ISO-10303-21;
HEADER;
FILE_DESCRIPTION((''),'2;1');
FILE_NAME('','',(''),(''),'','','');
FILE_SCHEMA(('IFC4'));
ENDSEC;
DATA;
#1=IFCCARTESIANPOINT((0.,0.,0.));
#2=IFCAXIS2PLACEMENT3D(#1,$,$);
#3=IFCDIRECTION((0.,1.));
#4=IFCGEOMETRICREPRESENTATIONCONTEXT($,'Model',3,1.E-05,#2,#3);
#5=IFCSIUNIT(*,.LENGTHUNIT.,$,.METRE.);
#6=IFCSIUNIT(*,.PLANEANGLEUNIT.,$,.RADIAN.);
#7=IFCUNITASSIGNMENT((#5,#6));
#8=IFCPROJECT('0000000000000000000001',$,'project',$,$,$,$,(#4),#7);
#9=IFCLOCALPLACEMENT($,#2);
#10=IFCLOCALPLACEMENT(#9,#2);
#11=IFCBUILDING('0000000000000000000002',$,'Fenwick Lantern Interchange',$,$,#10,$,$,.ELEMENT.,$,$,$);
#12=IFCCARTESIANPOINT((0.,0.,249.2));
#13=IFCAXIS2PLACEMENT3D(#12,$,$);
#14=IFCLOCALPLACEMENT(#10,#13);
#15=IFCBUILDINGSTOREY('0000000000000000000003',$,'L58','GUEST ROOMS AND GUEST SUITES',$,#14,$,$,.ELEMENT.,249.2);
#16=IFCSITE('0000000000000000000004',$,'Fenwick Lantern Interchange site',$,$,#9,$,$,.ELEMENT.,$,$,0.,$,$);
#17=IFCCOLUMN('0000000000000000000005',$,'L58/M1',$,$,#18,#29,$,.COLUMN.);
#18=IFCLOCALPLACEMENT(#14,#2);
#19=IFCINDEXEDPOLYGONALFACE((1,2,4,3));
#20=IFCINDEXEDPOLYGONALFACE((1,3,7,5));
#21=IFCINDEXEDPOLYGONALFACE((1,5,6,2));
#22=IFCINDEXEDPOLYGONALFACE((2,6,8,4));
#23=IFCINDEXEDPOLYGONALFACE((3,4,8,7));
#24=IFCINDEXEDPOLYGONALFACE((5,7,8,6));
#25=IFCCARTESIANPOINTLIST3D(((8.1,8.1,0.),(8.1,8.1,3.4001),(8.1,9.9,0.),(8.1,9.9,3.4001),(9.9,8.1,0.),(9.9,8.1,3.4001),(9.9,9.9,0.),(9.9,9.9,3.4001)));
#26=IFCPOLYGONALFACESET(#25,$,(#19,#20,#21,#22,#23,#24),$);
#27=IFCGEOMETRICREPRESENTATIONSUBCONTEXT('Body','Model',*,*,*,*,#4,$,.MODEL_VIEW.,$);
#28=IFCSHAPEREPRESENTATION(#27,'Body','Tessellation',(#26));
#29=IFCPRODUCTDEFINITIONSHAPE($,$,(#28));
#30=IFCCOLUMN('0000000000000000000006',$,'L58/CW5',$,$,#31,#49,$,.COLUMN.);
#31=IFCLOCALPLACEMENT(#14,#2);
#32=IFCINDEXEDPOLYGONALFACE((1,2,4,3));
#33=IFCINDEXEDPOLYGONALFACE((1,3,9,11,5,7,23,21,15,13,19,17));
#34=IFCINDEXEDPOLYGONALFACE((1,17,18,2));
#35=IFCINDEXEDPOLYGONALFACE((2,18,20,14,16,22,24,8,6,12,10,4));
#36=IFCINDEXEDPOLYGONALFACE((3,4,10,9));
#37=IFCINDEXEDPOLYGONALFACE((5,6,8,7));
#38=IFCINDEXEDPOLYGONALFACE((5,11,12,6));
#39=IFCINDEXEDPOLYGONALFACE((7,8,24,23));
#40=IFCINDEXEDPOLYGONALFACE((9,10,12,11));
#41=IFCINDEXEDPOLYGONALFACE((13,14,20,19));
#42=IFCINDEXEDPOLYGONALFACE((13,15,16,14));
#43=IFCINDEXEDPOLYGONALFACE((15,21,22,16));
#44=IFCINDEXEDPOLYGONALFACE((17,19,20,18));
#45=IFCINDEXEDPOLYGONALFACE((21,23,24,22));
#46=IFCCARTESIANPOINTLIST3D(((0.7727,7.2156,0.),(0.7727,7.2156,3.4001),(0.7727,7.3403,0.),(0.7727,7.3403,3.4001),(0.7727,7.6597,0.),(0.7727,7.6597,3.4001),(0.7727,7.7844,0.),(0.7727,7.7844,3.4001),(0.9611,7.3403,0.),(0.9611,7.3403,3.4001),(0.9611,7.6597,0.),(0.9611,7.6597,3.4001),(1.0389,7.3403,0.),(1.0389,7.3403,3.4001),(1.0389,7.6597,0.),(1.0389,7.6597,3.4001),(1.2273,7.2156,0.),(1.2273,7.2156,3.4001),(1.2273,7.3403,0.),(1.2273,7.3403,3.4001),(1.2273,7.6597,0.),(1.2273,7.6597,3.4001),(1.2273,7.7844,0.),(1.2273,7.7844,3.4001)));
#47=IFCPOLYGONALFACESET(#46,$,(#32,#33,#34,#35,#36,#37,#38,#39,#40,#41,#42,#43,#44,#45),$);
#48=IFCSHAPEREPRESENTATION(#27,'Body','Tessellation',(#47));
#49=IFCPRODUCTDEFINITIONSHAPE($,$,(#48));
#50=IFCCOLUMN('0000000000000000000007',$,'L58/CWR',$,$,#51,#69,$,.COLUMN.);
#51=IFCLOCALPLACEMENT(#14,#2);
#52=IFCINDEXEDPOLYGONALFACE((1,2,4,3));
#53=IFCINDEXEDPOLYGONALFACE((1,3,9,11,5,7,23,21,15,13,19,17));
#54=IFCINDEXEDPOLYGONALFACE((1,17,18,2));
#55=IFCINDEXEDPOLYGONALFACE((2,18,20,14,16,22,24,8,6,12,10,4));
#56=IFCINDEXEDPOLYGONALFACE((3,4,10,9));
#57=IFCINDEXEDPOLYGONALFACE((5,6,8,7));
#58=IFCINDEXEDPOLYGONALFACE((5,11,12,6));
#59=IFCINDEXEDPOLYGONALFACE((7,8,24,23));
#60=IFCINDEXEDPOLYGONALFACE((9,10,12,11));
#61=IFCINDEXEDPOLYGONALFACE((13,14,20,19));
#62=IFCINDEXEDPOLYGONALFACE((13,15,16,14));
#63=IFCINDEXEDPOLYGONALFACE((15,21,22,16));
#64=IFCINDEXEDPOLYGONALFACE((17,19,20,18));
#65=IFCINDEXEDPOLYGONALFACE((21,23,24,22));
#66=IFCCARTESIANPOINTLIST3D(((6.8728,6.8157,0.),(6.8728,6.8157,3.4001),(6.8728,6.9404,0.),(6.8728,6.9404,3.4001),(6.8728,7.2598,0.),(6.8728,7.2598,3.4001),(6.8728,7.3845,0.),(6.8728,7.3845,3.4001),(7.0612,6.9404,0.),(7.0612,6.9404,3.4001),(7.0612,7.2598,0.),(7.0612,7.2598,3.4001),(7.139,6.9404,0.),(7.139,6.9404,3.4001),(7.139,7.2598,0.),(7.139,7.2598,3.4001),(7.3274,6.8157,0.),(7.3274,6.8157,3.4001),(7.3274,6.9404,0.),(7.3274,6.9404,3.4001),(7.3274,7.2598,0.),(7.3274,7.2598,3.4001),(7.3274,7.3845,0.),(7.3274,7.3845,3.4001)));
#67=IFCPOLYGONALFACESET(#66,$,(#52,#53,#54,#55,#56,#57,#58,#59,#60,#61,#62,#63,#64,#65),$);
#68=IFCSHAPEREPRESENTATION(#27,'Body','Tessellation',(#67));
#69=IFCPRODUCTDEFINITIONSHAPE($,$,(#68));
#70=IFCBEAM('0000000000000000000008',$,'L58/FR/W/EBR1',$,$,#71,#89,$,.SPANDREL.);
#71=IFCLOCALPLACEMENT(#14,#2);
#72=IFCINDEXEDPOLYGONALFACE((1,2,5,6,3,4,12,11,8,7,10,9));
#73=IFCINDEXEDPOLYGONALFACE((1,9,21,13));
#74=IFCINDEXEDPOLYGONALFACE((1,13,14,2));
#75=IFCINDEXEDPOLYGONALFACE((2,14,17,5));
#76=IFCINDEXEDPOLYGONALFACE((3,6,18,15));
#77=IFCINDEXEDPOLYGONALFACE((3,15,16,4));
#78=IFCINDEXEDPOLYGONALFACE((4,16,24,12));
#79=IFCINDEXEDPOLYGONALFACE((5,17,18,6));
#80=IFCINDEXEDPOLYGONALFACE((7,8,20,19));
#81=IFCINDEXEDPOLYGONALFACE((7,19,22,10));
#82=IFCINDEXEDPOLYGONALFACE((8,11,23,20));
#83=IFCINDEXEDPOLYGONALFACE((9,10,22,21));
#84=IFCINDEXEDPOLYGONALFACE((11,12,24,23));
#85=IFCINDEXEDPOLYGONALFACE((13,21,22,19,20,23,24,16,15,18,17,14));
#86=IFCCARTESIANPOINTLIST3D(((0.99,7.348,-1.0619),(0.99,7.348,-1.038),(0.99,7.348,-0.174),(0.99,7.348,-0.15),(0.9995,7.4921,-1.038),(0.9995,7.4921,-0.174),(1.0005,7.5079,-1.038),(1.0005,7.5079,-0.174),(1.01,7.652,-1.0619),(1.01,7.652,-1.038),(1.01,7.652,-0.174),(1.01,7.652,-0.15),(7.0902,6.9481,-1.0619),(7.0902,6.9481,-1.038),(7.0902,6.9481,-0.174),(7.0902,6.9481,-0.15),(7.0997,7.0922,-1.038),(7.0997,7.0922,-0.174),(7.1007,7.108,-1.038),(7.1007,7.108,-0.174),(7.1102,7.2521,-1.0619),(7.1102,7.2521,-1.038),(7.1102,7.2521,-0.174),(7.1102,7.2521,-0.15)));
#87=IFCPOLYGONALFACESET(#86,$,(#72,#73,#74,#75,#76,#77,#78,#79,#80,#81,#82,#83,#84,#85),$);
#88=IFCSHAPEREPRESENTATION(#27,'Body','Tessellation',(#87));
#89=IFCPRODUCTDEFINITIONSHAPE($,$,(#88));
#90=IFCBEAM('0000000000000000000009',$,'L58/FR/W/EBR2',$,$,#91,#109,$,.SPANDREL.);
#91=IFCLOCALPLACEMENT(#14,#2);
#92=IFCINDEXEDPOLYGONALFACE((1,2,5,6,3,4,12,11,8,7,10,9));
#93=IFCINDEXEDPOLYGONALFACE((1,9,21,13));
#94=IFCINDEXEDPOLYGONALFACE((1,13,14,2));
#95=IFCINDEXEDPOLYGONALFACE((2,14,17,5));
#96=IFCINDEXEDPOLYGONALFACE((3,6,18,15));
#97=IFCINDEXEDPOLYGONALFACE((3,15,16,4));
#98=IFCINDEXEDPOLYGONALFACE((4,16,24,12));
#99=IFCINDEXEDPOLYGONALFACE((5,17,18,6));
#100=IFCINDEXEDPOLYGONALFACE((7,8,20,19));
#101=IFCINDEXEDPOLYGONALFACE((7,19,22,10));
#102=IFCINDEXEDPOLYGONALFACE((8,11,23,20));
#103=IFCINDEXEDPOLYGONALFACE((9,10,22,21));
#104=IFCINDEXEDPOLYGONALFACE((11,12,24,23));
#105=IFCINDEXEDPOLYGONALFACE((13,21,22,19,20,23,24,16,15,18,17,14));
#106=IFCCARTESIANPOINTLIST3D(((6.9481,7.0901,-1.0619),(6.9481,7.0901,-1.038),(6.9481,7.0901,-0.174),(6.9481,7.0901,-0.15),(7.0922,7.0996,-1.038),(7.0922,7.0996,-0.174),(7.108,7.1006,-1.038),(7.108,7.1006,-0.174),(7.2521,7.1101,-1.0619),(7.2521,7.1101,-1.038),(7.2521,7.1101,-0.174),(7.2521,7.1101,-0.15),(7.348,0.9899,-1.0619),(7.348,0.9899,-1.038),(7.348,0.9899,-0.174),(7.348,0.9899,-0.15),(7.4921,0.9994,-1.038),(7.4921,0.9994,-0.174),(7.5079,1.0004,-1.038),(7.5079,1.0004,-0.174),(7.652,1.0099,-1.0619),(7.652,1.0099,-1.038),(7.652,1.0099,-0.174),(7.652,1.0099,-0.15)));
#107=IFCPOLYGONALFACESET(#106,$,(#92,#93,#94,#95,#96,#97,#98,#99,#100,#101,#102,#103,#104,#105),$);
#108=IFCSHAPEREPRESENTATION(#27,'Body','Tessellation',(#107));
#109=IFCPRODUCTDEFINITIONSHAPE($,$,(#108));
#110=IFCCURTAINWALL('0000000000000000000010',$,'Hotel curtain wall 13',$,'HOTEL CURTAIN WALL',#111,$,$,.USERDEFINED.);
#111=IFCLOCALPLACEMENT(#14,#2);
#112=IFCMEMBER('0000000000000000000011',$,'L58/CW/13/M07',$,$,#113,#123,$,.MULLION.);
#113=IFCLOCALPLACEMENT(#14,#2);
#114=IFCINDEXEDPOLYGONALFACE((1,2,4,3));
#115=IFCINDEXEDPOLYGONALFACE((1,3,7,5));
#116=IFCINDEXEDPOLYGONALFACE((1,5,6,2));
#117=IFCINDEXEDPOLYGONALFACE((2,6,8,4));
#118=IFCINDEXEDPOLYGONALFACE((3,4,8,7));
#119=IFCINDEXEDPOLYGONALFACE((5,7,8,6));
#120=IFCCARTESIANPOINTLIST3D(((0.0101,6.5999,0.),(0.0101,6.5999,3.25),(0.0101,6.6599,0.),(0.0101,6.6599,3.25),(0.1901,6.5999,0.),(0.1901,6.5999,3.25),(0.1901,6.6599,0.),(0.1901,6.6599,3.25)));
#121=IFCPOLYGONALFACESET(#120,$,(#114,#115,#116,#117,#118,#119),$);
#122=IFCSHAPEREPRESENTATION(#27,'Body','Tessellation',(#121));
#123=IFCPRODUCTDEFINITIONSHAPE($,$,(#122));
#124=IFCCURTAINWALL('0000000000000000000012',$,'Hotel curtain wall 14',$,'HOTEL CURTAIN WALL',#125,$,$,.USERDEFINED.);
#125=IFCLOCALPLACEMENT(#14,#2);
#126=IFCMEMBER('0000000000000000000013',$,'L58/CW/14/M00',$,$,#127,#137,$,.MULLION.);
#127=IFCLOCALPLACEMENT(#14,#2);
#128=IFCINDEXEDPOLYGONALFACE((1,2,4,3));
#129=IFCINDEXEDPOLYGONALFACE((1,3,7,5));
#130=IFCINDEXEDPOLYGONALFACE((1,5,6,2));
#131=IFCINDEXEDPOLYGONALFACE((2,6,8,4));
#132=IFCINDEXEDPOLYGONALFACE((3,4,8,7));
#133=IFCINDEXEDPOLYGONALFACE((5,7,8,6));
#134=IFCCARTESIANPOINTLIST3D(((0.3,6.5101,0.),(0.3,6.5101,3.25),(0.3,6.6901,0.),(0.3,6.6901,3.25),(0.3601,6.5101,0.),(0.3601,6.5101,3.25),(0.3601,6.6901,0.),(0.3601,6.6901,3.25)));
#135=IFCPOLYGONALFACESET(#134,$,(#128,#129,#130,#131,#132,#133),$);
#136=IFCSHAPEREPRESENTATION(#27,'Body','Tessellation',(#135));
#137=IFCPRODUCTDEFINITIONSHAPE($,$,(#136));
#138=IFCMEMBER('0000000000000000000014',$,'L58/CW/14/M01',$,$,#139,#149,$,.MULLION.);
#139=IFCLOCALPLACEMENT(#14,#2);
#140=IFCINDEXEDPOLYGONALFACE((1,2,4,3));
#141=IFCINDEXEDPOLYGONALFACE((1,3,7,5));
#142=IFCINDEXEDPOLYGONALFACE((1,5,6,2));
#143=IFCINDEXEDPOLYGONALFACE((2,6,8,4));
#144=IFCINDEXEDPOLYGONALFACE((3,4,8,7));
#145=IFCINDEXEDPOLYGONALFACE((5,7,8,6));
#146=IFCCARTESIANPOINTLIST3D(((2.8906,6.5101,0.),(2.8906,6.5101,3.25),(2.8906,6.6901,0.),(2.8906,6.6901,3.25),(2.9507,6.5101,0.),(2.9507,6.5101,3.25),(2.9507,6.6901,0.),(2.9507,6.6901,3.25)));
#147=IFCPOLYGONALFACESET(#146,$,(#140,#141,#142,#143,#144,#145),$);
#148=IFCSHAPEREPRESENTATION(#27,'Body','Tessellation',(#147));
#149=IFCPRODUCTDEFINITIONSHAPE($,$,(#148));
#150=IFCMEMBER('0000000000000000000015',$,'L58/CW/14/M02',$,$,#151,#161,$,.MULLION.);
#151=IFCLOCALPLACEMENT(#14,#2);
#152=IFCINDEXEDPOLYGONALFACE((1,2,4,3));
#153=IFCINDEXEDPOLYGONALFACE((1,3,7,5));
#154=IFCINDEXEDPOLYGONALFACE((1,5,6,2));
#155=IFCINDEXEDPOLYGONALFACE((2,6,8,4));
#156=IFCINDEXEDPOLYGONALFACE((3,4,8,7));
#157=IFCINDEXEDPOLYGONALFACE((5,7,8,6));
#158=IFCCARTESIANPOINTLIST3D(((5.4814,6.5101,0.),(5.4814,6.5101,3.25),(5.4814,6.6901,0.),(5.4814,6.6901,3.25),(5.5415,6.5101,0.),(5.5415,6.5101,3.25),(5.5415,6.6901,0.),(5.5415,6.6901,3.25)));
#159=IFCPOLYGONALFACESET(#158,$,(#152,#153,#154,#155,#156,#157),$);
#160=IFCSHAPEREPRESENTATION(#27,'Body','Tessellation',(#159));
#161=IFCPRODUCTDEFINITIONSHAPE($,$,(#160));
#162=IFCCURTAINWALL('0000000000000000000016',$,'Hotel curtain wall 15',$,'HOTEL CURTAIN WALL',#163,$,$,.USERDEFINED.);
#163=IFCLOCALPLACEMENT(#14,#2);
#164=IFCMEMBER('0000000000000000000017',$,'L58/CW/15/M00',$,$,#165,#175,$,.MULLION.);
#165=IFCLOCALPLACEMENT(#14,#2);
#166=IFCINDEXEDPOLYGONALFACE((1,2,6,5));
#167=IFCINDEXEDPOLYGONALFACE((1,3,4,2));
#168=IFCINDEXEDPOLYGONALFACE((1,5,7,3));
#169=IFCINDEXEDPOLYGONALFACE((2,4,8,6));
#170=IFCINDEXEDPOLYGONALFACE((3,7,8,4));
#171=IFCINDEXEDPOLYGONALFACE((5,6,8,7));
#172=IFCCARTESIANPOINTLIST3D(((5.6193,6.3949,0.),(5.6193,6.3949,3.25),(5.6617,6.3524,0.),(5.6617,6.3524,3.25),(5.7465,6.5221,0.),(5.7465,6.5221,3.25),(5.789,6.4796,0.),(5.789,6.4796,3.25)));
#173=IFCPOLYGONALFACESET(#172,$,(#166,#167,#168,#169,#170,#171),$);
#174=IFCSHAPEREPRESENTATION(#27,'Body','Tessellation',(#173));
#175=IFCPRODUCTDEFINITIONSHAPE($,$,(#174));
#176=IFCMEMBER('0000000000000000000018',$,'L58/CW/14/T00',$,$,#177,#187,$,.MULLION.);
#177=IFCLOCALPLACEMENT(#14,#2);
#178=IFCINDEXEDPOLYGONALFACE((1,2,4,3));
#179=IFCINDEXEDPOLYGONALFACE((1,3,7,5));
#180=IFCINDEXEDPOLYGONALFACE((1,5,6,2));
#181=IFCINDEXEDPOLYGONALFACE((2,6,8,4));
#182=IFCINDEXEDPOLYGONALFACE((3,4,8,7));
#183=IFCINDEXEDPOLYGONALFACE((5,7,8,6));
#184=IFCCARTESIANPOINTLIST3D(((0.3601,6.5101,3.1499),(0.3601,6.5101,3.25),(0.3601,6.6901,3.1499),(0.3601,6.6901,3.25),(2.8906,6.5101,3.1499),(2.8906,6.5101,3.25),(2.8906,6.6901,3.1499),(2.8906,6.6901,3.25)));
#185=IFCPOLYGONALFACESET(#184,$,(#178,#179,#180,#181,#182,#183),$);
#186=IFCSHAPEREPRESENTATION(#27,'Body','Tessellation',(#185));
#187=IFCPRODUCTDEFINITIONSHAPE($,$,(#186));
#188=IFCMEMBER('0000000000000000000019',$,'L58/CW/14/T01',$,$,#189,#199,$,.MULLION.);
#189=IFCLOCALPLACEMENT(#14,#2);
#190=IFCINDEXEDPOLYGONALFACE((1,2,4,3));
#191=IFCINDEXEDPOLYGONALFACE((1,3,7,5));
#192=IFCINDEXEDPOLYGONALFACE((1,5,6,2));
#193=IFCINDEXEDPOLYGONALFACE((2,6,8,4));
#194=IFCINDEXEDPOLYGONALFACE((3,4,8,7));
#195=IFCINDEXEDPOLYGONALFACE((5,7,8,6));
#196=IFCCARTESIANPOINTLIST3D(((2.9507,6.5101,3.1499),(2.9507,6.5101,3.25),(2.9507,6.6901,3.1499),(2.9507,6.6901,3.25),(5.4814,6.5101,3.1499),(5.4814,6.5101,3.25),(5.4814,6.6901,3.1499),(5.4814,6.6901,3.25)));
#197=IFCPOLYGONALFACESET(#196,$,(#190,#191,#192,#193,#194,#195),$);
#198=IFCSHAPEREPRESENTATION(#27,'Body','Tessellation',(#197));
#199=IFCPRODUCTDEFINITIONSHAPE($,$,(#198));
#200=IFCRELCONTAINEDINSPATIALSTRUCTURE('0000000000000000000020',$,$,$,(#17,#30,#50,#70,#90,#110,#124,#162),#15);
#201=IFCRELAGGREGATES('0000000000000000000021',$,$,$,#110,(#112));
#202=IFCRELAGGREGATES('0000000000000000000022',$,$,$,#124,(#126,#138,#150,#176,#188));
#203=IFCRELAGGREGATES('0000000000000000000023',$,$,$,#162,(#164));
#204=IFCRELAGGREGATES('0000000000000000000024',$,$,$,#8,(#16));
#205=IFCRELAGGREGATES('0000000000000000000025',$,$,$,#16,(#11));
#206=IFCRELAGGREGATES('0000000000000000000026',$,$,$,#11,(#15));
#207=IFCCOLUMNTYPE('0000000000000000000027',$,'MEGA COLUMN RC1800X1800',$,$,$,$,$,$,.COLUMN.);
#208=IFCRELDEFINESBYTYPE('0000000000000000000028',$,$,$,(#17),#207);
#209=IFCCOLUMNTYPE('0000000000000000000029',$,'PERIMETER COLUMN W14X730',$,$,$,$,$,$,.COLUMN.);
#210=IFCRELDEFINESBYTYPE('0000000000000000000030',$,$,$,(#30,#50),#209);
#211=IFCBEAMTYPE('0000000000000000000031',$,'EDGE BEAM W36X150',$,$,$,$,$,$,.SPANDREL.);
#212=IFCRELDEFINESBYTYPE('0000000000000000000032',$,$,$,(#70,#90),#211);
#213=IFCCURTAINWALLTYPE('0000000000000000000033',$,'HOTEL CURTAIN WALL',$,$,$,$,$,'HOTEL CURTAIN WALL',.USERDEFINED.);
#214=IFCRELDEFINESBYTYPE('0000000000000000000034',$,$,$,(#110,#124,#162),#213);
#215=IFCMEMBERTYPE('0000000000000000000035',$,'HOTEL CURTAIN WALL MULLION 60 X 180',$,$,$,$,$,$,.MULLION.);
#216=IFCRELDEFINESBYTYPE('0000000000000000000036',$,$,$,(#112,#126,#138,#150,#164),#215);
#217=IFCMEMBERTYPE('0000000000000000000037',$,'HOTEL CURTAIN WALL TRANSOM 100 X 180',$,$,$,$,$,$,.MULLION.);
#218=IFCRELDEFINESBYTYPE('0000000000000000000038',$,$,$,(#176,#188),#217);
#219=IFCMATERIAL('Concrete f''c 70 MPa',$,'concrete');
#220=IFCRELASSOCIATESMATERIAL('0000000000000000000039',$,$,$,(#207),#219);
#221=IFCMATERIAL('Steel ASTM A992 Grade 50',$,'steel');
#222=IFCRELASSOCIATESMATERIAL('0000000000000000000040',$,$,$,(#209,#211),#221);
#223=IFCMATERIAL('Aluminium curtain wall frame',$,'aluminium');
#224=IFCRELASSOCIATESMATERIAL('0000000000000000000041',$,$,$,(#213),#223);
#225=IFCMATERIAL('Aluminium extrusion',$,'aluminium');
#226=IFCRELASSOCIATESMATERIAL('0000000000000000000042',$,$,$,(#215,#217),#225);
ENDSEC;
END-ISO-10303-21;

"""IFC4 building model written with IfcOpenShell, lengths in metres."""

from ifc_helpers import new_model, si_unit, direction, frame, origin, origin_2d, place, context, subcontext, project, spatial, rectangle, i_section, extrude, material, material_profile, profile_set, type_object, element, aggregate, save


model = new_model("IFC4")

# Units and contexts
model_context = context("Model", 3, precision=1e-05, world=origin(), true_north=direction((0.0, 1.0)))
body_context = subcontext(model_context, "Body", "Model", "MODEL_VIEW")
ifc_project = project(units=[si_unit("LENGTHUNIT", "METRE"), si_unit("PLANEANGLEUNIT", "RADIAN")], contexts=[model_context])

# Site, building, storey
site_placement = place(None, origin())
site = spatial("IfcSite", under=ifc_project, at=site_placement, Name="Fenwick Lantern Interchange site", CompositionType="ELEMENT", RefElevation=0.0)
building_placement = place(site_placement, origin())
building = spatial("IfcBuilding", under=site, at=building_placement, Name="Fenwick Lantern Interchange", CompositionType="ELEMENT")
storey_placement = place(building_placement, frame((0.0, 0.0, 249.2)))
storey = spatial("IfcBuildingStorey", under=building, at=storey_placement, Name="L58", Description="GUEST ROOMS AND GUEST SUITES", CompositionType="ELEMENT", Elevation=249.2)

# Columns
ifc_material_1 = material(Name="Concrete f'c 70 MPa", Category="concrete")
ifc_material_profile_1 = material_profile(ifc_material_1, rectangle(XDim=1.8, YDim=1.8, at=origin_2d()), Name="RC1800X1800")
ifc_profile_set_1 = profile_set([ifc_material_profile_1], Name="Concrete f'c 70 MPa")
column_type_1 = type_object("IfcColumnType", Name="MEGA COLUMN RC1800X1800", PredefinedType="COLUMN", material=ifc_profile_set_1)
column_placement = place(storey_placement, frame((9.0, 9.0, 0.0), z_axis=(0.0, 0.0, 1.0), x_axis=(1.0, 0.0, 0.0)))
element("IfcColumn", 1, at=column_placement, inside=storey, type_object=column_type_1, Name="L58/M1", PredefinedType="COLUMN", context=body_context, shape_type="SweptSolid", body=[
    extrude(rectangle(XDim=1.8, YDim=1.8, at=origin_2d()), origin(), (0.0, 0.0, 1.0), 3.4001),
])
ifc_material_2 = material(Name="Steel ASTM A992 Grade 50", Category="steel")
ifc_material_profile_2 = material_profile(ifc_material_2, i_section(OverallWidth=0.4546, OverallDepth=0.5688, WebThickness=0.0779, FlangeThickness=0.1248, at=origin_2d()), Name="W14X730")
ifc_profile_set_2 = profile_set([ifc_material_profile_2], Name="Steel ASTM A992 Grade 50")
column_type_2 = type_object("IfcColumnType", Name="PERIMETER COLUMN W14X730", PredefinedType="COLUMN", material=ifc_profile_set_2)
for number, where, z_axis, x_axis, name in (
    (2, (1.0, 7.5, 0.0), (0.0, 0.0, 1.0), (1.0, 0.0, 0.0), "L58/CW5"),
    (3, (7.1001, 7.1001, 0.0), (0.0, 0.0, 1.0), (1.0, 0.0, 0.0), "L58/CWR"),
):
    element("IfcColumn", number, at=place(storey_placement, frame(where, z_axis=z_axis, x_axis=x_axis)), inside=storey, type_object=column_type_2, Name=name, PredefinedType="COLUMN", context=body_context, shape_type="SweptSolid", body=[
        extrude(i_section(OverallWidth=0.4546, OverallDepth=0.5688, WebThickness=0.0779, FlangeThickness=0.1248, at=origin_2d()), origin(), (0.0, 0.0, 1.0), 3.4001),
    ])

# Beams
ifc_material_profile_3 = material_profile(ifc_material_2, i_section(OverallWidth=0.3047, OverallDepth=0.9119, WebThickness=0.0159, FlangeThickness=0.0239, at=origin_2d()), Name="W36X150")
ifc_profile_set_3 = profile_set([ifc_material_profile_3], Name="Steel ASTM A992 Grade 50")
beam_type_1 = type_object("IfcBeamType", Name="EDGE BEAM W36X150", PredefinedType="SPANDREL", material=ifc_profile_set_3)
for number, where, z_axis, x_axis, name in (
    (4, (1.0, 7.5, -0.606), (0.997858, -0.065416, 0.0), (0.065416, 0.997858, 0.0), "L58/FR/W/EBR1"),
    (5, (7.1001, 7.1001, -0.606), (0.065416, -0.997858, 0.0), (0.997858, 0.065416, 0.0), "L58/FR/W/EBR2"),
):
    element("IfcBeam", number, at=place(storey_placement, frame(where, z_axis=z_axis, x_axis=x_axis)), inside=storey, type_object=beam_type_1, Name=name, PredefinedType="SPANDREL", context=body_context, shape_type="SweptSolid", body=[
        extrude(i_section(OverallWidth=0.3047, OverallDepth=0.9119, WebThickness=0.0159, FlangeThickness=0.0239, at=origin_2d()), origin(), (0.0, 0.0, 1.0), 6.1133),
    ])

# Curtain wall, member
ifc_material_3 = material(Name="Aluminium curtain wall frame", Category="aluminium")
curtain_wall_type = type_object("IfcCurtainWallType", Name="HOTEL CURTAIN WALL", ElementType="HOTEL CURTAIN WALL", PredefinedType="USERDEFINED", material=ifc_material_3)
curtain_wall_1_placement = place(storey_placement, origin())
curtain_wall_1 = element("IfcCurtainWall", 6, at=curtain_wall_1_placement, inside=storey, type_object=curtain_wall_type, Name="Hotel curtain wall 13", ObjectType="HOTEL CURTAIN WALL", PredefinedType="USERDEFINED")
ifc_material_4 = material(Name="Aluminium extrusion", Category="aluminium")
ifc_material_profile_4 = material_profile(ifc_material_4, rectangle(XDim=0.1799, YDim=0.0601, at=origin_2d()), Name="HOTEL CURTAIN WALL MULLION 60 X 180")
ifc_profile_set_4 = profile_set([ifc_material_profile_4], Name="Aluminium extrusion")
member_type_1 = type_object("IfcMemberType", Name="HOTEL CURTAIN WALL MULLION 60 X 180", PredefinedType="MULLION", material=ifc_profile_set_4)
member_1_placement = place(storey_placement, frame((0.1001, 6.6299, 0.0), z_axis=(0.0, 0.0, 1.0), x_axis=(1.0, 0.0, 0.0)))
member_1 = element("IfcMember", 7, at=member_1_placement, type_object=member_type_1, Name="L58/CW/13/M07", PredefinedType="MULLION", context=body_context, shape_type="SweptSolid", body=[
    extrude(rectangle(XDim=0.1799, YDim=0.0601, at=origin_2d()), origin(), (0.0, 0.0, 1.0), 3.25),
])
aggregate(curtain_wall_1, [member_1])

# Curtain wall, members
curtain_wall_2_placement = place(storey_placement, origin())
curtain_wall_2 = element("IfcCurtainWall", 8, at=curtain_wall_2_placement, inside=storey, type_object=curtain_wall_type, Name="Hotel curtain wall 14", ObjectType="HOTEL CURTAIN WALL", PredefinedType="USERDEFINED")
member_2_placement = place(storey_placement, frame((0.3301, 6.6001, 0.0), z_axis=(0.0, 0.0, 1.0), x_axis=(0.0, 1.0, 0.0)))
member_2 = element("IfcMember", 9, at=member_2_placement, type_object=member_type_1, Name="L58/CW/14/M00", PredefinedType="MULLION", context=body_context, shape_type="SweptSolid", body=[
    extrude(rectangle(XDim=0.1799, YDim=0.0601, at=origin_2d()), origin(), (0.0, 0.0, 1.0), 3.25),
])
member_3_placement = place(storey_placement, frame((2.9207, 6.6001, 0.0), z_axis=(0.0, 0.0, 1.0), x_axis=(0.0, 1.0, 0.0)))
member_3 = element("IfcMember", 10, at=member_3_placement, type_object=member_type_1, Name="L58/CW/14/M01", PredefinedType="MULLION", context=body_context, shape_type="SweptSolid", body=[
    extrude(rectangle(XDim=0.1799, YDim=0.0601, at=origin_2d()), origin(), (0.0, 0.0, 1.0), 3.25),
])
member_4_placement = place(storey_placement, frame((5.5115, 6.6001, 0.0), z_axis=(0.0, 0.0, 1.0), x_axis=(0.0, 1.0, 0.0)))
member_4 = element("IfcMember", 11, at=member_4_placement, type_object=member_type_1, Name="L58/CW/14/M02", PredefinedType="MULLION", context=body_context, shape_type="SweptSolid", body=[
    extrude(rectangle(XDim=0.1799, YDim=0.0601, at=origin_2d()), origin(), (0.0, 0.0, 1.0), 3.25),
])

# Curtain wall, member
curtain_wall_3_placement = place(storey_placement, origin())
curtain_wall_3 = element("IfcCurtainWall", 12, at=curtain_wall_3_placement, inside=storey, type_object=curtain_wall_type, Name="Hotel curtain wall 15", ObjectType="HOTEL CURTAIN WALL", PredefinedType="USERDEFINED")
member_5_placement = place(storey_placement, frame((5.7041, 6.4373, 0.0), z_axis=(0.0, 0.0, 1.0), x_axis=(0.707107, 0.707107, 0.0)))
member_5 = element("IfcMember", 13, at=member_5_placement, type_object=member_type_1, Name="L58/CW/15/M00", PredefinedType="MULLION", context=body_context, shape_type="SweptSolid", body=[
    extrude(rectangle(XDim=0.1799, YDim=0.0601, at=origin_2d()), origin(), (0.0, 0.0, 1.0), 3.25),
])

# Members
ifc_material_profile_5 = material_profile(ifc_material_4, rectangle(XDim=0.1799, YDim=0.1001, at=origin_2d()), Name="HOTEL CURTAIN WALL TRANSOM 100 X 180")
ifc_profile_set_5 = profile_set([ifc_material_profile_5], Name="Aluminium extrusion")
member_type_2 = type_object("IfcMemberType", Name="HOTEL CURTAIN WALL TRANSOM 100 X 180", PredefinedType="MULLION", material=ifc_profile_set_5)
member_6_placement = place(storey_placement, frame((0.3601, 6.6001, 3.2), z_axis=(1.0, 0.0, 0.0), x_axis=(0.0, 1.0, 0.0)))
member_6 = element("IfcMember", 14, at=member_6_placement, type_object=member_type_2, Name="L58/CW/14/T00", PredefinedType="MULLION", context=body_context, shape_type="SweptSolid", body=[
    extrude(rectangle(XDim=0.1799, YDim=0.1001, at=origin_2d()), origin(), (0.0, 0.0, 1.0), 2.5305),
])
member_7_placement = place(storey_placement, frame((2.9507, 6.6001, 3.2), z_axis=(1.0, 0.0, 0.0), x_axis=(0.0, 1.0, 0.0)))
member_7 = element("IfcMember", 15, at=member_7_placement, type_object=member_type_2, Name="L58/CW/14/T01", PredefinedType="MULLION", context=body_context, shape_type="SweptSolid", body=[
    extrude(rectangle(XDim=0.1799, YDim=0.1001, at=origin_2d()), origin(), (0.0, 0.0, 1.0), 2.5308),
])

aggregate(curtain_wall_2, [member_2, member_3, member_4, member_6, member_7])
aggregate(curtain_wall_3, [member_5])

save(model, "model.ifc")
